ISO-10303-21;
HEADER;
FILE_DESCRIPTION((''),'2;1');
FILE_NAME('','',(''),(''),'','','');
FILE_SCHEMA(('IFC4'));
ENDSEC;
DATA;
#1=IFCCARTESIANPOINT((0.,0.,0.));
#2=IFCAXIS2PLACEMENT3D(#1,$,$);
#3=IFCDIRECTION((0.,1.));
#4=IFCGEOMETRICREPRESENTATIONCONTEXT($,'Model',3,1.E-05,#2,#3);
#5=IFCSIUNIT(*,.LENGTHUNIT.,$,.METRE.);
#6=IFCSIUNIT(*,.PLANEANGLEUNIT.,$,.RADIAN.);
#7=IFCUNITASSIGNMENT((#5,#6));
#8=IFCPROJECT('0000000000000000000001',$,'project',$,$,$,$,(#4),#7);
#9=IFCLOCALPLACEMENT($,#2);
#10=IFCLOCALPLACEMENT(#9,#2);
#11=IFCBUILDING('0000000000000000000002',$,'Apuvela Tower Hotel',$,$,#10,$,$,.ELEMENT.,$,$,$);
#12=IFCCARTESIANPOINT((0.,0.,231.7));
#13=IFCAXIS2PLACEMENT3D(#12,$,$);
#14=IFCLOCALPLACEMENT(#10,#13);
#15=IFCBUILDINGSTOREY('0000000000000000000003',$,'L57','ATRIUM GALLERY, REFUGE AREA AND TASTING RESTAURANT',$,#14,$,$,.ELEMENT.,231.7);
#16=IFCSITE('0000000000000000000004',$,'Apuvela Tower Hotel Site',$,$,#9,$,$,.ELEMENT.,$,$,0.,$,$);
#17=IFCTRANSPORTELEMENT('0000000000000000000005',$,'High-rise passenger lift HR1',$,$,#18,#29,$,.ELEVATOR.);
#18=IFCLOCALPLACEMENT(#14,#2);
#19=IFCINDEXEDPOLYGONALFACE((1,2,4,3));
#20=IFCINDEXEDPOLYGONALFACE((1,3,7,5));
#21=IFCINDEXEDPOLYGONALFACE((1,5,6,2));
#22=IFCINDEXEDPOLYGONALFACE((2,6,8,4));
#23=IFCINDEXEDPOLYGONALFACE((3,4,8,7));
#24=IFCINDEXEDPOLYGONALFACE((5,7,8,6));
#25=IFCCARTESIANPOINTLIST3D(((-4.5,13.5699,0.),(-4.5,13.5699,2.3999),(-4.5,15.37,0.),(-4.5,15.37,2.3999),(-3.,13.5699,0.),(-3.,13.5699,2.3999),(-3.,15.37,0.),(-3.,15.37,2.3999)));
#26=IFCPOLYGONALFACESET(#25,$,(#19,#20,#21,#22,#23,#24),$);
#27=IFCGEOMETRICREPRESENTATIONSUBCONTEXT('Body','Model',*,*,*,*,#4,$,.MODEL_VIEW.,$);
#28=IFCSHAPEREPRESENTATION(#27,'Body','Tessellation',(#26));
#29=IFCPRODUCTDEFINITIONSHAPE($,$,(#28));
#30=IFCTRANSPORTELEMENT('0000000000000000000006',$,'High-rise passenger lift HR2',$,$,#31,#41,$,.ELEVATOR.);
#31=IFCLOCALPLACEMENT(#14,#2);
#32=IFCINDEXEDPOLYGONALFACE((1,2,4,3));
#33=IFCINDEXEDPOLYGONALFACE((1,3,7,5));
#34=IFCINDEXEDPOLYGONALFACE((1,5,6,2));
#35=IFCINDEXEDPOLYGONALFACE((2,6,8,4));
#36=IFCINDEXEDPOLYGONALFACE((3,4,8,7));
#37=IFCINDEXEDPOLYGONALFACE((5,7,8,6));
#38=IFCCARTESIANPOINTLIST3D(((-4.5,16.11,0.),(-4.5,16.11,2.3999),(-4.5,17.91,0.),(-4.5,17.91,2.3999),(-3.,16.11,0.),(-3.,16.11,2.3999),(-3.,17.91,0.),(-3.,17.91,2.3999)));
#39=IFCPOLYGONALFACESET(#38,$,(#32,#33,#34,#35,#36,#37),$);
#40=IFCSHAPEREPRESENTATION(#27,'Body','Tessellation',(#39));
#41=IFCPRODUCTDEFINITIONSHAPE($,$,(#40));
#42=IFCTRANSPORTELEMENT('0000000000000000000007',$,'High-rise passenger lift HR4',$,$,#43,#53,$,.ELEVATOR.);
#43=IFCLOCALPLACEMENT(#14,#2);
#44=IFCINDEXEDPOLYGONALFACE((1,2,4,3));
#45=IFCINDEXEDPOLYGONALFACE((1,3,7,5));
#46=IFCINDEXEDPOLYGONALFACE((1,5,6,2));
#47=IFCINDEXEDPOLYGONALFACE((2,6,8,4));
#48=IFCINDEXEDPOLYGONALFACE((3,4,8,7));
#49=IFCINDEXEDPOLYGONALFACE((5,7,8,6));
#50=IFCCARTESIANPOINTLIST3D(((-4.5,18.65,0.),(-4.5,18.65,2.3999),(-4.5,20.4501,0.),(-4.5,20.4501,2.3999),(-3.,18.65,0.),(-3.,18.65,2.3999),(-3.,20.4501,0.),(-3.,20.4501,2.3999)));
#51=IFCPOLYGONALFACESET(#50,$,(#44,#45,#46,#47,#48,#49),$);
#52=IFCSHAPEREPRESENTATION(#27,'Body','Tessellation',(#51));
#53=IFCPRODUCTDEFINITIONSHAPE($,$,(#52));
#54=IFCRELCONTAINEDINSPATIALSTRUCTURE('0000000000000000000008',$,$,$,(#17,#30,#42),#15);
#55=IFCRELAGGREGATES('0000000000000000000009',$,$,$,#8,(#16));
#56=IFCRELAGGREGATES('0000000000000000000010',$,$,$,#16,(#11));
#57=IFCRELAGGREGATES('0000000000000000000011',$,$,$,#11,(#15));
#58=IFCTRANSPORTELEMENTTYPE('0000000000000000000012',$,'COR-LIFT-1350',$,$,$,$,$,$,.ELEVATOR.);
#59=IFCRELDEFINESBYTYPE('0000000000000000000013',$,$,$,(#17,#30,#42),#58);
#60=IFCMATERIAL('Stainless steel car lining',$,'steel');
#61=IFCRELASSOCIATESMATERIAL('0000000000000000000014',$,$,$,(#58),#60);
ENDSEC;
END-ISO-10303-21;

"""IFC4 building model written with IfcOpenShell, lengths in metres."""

from ifc_helpers import new_model, si_unit, direction, frame, origin, origin_2d, place, context, subcontext, project, spatial, rectangle, extrude, material, type_object, element, save


model = new_model("IFC4")

# Units and contexts
model_context = context("Model", 3, precision=1e-05, world=origin(), true_north=direction((0.0, 1.0)))
body_context = subcontext(model_context, "Body", "Model", "MODEL_VIEW")
ifc_project = project(units=[si_unit("LENGTHUNIT", "METRE"), si_unit("PLANEANGLEUNIT", "RADIAN")], contexts=[model_context])

# Site, building, storey
site_placement = place(None, origin())
site = spatial("IfcSite", under=ifc_project, at=site_placement, Name="Apuvela Tower Hotel Site", CompositionType="ELEMENT", RefElevation=0.0)
building_placement = place(site_placement, origin())
building = spatial("IfcBuilding", under=site, at=building_placement, Name="Apuvela Tower Hotel", CompositionType="ELEMENT")
storey_placement = place(building_placement, frame((0.0, 0.0, 231.7)))
storey = spatial("IfcBuildingStorey", under=building, at=storey_placement, Name="L57", Description="ATRIUM GALLERY, REFUGE AREA AND TASTING RESTAURANT", CompositionType="ELEMENT", Elevation=231.7)

# Transport elements
ifc_material_1 = material(Name="Stainless steel car lining", Category="steel")
transport_element_type = type_object("IfcTransportElementType", Name="COR-LIFT-1350", PredefinedType="ELEVATOR", material=ifc_material_1)
for number, where, z_axis, x_axis, name in (
    (1, (-3.75, 14.47, 0.0), (0.0, 0.0, 1.0), (0.0, 1.0, 0.0), "High-rise passenger lift HR1"),
    (2, (-3.75, 17.01, 0.0), (0.0, 0.0, 1.0), (0.0, 1.0, 0.0), "High-rise passenger lift HR2"),
    (3, (-3.75, 19.55, 0.0), (0.0, 0.0, 1.0), (0.0, 1.0, 0.0), "High-rise passenger lift HR4"),
):
    element("IfcTransportElement", number, at=place(storey_placement, frame(where, z_axis=z_axis, x_axis=x_axis)), inside=storey, type_object=transport_element_type, Name=name, PredefinedType="ELEVATOR", context=body_context, shape_type="SweptSolid", body=[
        extrude(rectangle(XDim=1.8, YDim=1.5, at=origin_2d()), origin(), (0.0, 0.0, 1.0), 2.3999),
    ])

save(model, "model.ifc")
